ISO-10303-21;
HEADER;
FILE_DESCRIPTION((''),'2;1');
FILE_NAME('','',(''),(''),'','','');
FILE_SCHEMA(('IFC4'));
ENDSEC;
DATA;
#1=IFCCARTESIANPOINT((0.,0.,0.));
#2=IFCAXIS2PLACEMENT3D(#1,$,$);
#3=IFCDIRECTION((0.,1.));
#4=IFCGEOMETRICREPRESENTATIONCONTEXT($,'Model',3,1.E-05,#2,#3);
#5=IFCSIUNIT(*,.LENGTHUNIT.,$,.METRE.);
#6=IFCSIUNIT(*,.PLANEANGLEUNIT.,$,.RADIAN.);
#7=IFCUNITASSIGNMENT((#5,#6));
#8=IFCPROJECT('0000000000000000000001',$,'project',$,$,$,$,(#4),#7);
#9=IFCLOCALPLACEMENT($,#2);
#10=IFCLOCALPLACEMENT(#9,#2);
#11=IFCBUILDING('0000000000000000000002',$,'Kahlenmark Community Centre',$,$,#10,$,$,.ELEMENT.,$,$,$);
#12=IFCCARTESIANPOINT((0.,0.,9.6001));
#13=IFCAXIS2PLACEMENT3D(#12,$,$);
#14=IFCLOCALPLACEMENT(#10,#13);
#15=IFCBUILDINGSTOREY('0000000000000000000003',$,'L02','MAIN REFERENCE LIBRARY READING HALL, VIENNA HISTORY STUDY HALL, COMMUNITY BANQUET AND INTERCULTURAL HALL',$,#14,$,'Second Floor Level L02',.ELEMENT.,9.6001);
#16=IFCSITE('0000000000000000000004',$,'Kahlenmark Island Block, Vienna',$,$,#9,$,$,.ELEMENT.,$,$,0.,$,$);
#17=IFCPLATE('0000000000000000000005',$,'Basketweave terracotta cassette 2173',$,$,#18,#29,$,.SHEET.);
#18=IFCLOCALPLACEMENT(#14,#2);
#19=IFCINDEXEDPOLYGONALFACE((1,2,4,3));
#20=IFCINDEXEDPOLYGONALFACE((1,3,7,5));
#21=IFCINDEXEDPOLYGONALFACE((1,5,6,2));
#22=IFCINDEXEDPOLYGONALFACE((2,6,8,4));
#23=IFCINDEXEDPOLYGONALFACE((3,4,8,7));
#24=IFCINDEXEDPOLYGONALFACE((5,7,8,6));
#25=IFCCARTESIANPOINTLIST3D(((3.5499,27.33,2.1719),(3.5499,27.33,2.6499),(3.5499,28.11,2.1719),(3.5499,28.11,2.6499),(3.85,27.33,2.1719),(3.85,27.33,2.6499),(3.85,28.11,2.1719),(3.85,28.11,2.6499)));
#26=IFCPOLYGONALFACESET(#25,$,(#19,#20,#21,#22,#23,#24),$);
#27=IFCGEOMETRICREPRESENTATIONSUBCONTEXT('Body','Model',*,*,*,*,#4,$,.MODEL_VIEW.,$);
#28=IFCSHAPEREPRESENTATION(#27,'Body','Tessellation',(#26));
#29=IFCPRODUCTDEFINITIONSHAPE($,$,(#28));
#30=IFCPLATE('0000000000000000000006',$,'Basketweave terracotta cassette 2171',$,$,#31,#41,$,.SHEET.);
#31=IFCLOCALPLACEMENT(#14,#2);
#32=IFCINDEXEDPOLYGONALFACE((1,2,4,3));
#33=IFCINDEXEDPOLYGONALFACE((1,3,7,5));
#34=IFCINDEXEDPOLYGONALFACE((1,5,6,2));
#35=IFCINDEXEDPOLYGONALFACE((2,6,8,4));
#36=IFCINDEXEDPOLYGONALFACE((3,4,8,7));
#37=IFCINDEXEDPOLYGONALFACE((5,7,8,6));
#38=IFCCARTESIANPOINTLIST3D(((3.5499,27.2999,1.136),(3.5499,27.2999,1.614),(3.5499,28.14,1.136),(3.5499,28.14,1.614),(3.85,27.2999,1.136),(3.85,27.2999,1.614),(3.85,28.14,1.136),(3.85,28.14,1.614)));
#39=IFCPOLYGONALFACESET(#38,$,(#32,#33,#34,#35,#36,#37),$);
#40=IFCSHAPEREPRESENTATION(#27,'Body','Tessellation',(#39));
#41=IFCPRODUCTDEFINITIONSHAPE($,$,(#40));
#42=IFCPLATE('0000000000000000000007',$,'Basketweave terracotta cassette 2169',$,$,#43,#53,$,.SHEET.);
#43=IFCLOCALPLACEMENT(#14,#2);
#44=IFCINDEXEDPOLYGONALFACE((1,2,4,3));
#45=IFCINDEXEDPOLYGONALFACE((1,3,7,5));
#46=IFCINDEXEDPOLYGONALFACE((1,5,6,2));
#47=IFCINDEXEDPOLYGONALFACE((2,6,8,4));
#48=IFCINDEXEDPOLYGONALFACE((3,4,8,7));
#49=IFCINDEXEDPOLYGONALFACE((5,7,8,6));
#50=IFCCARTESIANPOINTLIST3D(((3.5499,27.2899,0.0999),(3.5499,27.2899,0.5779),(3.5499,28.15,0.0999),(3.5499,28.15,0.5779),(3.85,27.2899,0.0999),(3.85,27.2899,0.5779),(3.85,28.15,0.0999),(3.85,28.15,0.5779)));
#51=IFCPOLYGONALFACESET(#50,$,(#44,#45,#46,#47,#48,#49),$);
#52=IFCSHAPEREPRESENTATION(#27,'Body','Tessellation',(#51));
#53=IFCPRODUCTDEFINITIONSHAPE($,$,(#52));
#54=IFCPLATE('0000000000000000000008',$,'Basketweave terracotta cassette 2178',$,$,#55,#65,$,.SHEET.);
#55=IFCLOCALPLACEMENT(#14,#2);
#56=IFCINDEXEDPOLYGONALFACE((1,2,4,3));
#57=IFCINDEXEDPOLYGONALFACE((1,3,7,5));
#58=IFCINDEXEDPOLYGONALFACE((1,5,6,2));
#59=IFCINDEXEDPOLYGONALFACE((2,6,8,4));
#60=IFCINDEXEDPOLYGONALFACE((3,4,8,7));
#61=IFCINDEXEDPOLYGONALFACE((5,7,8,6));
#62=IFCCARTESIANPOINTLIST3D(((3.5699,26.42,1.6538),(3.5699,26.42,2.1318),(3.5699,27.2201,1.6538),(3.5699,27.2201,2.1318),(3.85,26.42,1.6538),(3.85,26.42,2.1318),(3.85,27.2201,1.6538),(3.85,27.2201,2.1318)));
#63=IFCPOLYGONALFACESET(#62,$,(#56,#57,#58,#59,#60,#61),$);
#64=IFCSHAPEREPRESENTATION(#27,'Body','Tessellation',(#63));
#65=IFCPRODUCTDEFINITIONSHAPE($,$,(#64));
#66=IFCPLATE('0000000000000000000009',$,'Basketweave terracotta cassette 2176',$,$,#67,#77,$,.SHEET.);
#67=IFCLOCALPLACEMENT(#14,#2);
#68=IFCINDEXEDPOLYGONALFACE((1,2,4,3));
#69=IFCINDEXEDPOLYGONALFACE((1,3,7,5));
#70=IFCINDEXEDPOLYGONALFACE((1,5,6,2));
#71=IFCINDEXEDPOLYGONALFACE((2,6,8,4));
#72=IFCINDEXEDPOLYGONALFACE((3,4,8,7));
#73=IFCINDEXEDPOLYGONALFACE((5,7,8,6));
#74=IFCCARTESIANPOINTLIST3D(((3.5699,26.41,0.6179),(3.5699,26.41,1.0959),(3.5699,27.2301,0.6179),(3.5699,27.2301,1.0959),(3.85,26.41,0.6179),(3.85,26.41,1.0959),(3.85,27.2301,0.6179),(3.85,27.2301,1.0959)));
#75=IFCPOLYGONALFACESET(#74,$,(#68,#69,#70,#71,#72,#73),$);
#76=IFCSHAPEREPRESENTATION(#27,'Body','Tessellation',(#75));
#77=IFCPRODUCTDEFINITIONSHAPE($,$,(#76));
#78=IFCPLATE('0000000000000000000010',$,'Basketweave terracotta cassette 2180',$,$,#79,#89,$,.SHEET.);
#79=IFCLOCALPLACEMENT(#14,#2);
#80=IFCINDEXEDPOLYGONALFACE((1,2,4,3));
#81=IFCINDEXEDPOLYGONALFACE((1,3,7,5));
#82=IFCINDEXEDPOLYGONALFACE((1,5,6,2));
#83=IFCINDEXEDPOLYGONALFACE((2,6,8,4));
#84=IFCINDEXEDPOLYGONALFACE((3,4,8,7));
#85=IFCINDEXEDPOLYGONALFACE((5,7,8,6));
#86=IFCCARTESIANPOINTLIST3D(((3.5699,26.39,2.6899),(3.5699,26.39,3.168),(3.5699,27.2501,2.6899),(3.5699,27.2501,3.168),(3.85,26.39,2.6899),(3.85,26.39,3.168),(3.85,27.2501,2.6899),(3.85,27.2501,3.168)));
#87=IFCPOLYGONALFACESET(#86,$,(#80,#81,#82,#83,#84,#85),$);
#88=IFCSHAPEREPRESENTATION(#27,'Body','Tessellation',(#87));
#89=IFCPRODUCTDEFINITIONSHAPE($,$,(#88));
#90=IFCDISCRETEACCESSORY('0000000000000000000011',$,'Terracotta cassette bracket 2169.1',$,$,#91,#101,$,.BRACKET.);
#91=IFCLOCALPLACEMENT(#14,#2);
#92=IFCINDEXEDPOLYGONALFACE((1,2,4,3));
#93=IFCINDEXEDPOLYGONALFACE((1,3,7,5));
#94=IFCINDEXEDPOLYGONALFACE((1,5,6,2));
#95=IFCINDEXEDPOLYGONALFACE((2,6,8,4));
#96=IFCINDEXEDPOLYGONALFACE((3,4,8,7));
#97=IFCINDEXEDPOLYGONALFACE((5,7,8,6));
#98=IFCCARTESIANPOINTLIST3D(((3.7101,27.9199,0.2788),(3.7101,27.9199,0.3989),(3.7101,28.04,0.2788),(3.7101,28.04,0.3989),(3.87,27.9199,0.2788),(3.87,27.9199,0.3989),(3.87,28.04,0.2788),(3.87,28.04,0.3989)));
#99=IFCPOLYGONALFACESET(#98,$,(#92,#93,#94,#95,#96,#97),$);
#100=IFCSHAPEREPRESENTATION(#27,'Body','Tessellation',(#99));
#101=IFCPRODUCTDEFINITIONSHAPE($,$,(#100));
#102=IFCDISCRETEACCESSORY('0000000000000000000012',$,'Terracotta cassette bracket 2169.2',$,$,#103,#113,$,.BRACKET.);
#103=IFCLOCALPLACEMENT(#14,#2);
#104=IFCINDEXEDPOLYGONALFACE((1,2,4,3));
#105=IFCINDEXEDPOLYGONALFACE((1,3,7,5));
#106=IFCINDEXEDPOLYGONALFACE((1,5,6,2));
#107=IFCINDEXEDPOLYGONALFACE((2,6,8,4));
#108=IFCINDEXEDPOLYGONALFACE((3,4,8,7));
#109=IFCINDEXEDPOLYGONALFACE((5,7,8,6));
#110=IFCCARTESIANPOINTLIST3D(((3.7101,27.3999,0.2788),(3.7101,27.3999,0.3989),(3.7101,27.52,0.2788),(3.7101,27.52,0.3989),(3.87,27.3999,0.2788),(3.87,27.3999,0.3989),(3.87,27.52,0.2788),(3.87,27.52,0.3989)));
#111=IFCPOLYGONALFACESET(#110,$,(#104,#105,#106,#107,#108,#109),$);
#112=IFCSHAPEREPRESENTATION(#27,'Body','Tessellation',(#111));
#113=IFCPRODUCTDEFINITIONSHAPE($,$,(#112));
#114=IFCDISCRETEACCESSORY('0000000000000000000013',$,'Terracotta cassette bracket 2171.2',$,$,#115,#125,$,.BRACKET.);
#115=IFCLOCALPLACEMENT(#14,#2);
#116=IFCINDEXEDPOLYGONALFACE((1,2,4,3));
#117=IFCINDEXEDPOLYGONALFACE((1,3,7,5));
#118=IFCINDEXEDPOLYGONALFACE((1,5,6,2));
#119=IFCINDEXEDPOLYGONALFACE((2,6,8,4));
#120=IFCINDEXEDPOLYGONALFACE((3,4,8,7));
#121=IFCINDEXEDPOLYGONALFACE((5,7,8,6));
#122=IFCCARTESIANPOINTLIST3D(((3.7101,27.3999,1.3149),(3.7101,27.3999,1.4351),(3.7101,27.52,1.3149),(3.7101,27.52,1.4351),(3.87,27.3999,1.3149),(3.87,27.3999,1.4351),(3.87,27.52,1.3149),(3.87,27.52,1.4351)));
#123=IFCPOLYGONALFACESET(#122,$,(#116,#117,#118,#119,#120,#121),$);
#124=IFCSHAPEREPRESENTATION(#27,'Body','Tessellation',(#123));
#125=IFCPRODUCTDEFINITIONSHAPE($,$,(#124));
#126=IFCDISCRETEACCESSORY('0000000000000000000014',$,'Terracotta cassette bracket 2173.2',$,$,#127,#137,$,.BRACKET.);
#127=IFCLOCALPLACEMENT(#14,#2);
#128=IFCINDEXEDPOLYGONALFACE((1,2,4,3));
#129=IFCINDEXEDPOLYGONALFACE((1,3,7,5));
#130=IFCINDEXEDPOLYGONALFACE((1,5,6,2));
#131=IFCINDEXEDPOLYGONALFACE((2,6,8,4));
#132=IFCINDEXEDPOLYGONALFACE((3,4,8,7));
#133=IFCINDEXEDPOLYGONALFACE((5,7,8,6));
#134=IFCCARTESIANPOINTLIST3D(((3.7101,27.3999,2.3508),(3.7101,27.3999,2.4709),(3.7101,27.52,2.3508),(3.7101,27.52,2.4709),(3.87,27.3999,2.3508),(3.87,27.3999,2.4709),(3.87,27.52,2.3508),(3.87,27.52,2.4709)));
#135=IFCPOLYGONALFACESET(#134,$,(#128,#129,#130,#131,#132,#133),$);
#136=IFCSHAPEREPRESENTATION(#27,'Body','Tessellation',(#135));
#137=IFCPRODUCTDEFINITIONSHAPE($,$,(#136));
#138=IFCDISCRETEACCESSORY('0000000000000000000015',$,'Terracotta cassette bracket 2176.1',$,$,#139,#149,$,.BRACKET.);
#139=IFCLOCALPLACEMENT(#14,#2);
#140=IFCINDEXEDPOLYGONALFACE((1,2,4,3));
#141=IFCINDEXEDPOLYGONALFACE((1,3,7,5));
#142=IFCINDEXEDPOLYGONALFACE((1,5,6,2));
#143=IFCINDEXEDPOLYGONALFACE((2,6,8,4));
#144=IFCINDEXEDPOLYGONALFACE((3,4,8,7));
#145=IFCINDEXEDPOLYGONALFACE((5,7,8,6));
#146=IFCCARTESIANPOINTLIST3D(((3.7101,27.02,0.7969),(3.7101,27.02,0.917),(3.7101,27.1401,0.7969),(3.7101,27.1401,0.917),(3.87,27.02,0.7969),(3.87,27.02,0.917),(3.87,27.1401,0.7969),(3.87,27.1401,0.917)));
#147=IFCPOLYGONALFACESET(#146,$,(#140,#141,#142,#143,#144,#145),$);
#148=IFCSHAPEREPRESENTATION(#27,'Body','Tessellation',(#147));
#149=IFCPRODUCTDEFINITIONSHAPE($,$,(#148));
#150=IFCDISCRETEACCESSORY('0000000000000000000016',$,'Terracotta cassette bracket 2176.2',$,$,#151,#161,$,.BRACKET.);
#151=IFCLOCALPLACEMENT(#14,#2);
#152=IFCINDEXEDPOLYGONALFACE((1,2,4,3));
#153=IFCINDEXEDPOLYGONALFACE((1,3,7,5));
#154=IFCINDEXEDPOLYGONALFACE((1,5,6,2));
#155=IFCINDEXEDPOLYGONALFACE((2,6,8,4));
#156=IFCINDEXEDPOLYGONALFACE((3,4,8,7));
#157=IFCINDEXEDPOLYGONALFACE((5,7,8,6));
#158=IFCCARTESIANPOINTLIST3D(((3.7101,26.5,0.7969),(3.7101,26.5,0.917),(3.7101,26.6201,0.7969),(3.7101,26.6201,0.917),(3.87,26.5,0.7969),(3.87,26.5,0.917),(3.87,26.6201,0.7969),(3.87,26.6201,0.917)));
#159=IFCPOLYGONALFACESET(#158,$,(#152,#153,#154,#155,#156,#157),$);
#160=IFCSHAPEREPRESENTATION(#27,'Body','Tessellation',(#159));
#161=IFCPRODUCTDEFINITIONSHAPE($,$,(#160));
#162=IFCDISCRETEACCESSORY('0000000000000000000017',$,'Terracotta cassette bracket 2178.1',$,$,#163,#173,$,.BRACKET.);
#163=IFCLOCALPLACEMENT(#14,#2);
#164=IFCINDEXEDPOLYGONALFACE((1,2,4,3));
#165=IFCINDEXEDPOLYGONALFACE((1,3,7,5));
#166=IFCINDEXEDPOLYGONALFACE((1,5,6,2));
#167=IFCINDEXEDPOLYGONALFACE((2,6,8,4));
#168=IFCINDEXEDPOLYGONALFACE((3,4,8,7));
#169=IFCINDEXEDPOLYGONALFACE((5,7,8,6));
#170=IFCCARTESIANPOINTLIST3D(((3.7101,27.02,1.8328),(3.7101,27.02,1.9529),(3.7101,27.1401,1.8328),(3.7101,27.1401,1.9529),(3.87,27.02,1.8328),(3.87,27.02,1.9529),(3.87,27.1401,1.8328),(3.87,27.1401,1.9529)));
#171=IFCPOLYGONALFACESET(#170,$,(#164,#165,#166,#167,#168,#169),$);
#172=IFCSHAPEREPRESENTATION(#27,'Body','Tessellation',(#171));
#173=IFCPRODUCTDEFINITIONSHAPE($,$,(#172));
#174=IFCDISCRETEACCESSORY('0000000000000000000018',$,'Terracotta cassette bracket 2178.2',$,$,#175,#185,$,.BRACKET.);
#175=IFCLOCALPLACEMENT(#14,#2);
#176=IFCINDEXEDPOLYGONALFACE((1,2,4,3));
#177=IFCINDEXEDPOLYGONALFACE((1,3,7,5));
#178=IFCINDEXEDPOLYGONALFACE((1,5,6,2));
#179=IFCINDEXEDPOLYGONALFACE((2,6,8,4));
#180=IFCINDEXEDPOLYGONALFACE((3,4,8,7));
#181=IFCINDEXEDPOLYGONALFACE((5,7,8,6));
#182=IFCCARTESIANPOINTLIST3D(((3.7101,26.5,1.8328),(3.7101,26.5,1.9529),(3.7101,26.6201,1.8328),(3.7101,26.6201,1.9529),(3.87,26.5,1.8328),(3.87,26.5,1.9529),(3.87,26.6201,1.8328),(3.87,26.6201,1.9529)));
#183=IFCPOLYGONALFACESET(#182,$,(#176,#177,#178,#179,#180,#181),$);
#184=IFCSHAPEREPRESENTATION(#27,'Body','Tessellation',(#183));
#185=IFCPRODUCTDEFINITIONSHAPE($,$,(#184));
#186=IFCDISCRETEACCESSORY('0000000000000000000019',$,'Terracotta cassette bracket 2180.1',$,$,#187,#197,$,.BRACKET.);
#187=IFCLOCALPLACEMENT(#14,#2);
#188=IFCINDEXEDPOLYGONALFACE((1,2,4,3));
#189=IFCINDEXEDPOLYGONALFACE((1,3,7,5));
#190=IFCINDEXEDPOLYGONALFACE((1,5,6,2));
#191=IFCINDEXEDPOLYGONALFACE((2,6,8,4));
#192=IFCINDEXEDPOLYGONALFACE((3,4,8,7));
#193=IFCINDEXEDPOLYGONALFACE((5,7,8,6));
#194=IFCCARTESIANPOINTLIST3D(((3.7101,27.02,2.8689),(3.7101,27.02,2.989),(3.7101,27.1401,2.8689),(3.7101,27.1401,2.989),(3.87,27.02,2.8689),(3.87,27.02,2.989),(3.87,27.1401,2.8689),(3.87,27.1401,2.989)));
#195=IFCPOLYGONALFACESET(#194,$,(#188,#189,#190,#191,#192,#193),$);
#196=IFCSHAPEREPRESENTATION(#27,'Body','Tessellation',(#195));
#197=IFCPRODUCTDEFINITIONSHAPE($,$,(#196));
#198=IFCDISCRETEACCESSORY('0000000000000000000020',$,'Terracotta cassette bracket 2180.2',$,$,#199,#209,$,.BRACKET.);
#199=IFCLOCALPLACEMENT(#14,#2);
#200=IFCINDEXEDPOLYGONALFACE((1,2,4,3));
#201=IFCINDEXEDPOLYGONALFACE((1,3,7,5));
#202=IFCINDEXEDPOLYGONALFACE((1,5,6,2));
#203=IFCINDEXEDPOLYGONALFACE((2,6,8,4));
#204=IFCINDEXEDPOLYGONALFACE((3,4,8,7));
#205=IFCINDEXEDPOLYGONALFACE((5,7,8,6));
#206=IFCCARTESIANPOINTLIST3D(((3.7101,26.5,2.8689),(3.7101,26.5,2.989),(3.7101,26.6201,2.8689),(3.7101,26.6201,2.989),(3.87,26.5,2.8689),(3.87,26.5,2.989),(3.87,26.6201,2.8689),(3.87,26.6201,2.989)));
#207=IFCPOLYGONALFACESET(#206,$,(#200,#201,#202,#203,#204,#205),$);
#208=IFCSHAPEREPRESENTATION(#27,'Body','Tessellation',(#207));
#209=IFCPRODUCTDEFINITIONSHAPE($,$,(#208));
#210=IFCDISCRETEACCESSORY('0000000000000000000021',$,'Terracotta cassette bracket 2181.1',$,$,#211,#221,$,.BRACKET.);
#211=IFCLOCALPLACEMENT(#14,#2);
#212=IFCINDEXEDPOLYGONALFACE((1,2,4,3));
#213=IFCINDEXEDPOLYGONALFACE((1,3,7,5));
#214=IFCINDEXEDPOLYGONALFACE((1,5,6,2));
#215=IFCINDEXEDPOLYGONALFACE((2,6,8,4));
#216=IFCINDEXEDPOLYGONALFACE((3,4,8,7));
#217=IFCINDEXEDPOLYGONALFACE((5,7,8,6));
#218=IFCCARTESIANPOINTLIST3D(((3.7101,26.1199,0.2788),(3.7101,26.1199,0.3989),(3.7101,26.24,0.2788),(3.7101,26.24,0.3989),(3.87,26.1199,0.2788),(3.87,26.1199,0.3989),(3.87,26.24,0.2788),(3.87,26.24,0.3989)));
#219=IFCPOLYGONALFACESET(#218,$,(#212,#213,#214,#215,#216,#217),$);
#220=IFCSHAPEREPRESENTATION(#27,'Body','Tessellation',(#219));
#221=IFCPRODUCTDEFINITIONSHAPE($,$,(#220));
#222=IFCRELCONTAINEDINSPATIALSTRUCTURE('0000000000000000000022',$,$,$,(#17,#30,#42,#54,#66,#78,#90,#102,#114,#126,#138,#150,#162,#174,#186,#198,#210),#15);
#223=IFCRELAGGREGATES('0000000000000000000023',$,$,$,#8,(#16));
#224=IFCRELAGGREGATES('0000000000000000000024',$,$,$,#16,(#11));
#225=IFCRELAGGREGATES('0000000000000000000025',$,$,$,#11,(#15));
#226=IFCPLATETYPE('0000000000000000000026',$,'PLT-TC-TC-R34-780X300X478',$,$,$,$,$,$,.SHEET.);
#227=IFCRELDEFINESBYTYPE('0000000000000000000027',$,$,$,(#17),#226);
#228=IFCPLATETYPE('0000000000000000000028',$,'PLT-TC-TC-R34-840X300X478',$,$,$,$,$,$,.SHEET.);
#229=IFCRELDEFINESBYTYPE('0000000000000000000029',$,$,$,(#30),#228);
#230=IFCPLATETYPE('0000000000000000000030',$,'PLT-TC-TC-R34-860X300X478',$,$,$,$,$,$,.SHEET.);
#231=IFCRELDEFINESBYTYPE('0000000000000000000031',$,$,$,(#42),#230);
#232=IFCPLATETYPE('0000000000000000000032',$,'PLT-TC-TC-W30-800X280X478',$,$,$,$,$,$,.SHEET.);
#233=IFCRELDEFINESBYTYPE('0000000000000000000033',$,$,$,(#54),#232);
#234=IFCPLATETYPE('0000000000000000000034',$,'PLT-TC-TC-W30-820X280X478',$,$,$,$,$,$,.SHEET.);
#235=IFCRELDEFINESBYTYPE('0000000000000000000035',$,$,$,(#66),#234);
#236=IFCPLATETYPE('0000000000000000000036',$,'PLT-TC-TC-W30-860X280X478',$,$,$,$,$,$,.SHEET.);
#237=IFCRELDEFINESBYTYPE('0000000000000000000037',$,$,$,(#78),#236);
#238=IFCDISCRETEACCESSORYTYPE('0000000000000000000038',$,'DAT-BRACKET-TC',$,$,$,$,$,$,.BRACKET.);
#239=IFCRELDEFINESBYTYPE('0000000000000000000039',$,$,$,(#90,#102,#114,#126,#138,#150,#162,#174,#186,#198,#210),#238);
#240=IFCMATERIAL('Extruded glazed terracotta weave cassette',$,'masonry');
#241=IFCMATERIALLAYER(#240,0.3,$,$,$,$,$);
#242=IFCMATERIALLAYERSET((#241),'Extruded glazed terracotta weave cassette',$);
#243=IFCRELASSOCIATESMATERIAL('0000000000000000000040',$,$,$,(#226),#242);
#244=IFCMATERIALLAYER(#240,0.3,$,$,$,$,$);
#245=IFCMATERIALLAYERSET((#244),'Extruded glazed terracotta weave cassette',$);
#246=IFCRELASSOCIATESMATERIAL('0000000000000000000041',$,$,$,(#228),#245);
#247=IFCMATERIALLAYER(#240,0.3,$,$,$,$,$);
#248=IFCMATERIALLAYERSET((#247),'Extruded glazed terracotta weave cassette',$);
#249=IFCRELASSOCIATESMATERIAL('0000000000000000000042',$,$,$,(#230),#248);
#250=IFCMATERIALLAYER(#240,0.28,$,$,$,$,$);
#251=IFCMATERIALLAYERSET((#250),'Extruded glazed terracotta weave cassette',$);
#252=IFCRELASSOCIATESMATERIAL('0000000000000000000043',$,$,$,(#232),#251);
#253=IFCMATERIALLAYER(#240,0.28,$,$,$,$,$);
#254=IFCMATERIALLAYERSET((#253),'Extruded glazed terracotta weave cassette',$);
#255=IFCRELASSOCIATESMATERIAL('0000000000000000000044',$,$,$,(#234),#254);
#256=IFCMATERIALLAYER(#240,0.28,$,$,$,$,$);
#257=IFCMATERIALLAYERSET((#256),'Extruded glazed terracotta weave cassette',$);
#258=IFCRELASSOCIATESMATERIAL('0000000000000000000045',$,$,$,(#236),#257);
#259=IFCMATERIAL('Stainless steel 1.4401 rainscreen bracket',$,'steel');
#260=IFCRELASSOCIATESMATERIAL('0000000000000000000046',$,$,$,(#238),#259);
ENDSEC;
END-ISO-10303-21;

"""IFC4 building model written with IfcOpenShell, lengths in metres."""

from ifc_helpers import new_model, si_unit, direction, frame, origin, origin_2d, place, context, subcontext, project, spatial, rectangle, extrude, material, layer, layer_set, type_object, element, save


model = new_model("IFC4")

# Units and contexts
model_context = context("Model", 3, precision=1e-05, world=origin(), true_north=direction((0.0, 1.0)))
body_context = subcontext(model_context, "Body", "Model", "MODEL_VIEW")
ifc_project = project(units=[si_unit("LENGTHUNIT", "METRE"), si_unit("PLANEANGLEUNIT", "RADIAN")], contexts=[model_context])

# Site, building, storey
site_placement = place(None, origin())
site = spatial("IfcSite", under=ifc_project, at=site_placement, Name="Kahlenmark Island Block, Vienna", CompositionType="ELEMENT", RefElevation=0.0)
building_placement = place(site_placement, origin())
building = spatial("IfcBuilding", under=site, at=building_placement, Name="Kahlenmark Community Centre", CompositionType="ELEMENT")
storey_placement = place(building_placement, frame((0.0, 0.0, 9.6001)))
storey = spatial("IfcBuildingStorey", under=building, at=storey_placement, Name="L02", Description="MAIN REFERENCE LIBRARY READING HALL, VIENNA HISTORY STUDY HALL, COMMUNITY BANQUET AND INTERCULTURAL HALL", LongName="Second Floor Level L02", CompositionType="ELEMENT", Elevation=9.6001)

# Plates
ifc_material_1 = material(Name="Extruded glazed terracotta weave cassette", Category="masonry")
ifc_layer_1 = layer(ifc_material_1, 0.3)
ifc_layer_set_1 = layer_set([ifc_layer_1], Name="Extruded glazed terracotta weave cassette")
plate_type_1 = type_object("IfcPlateType", Name="PLT-TC-TC-R34-780X300X478", PredefinedType="SHEET", material=ifc_layer_set_1)
plate_1_placement = place(storey_placement, frame((3.7, 27.72, 2.1719), z_axis=(0.0, 0.0, 1.0), x_axis=(0.0, -1.0, 0.0)))
element("IfcPlate", 1, at=plate_1_placement, inside=storey, type_object=plate_type_1, Name="Basketweave terracotta cassette 2173", PredefinedType="SHEET", context=body_context, shape_type="SweptSolid", body=[
    extrude(rectangle(XDim=0.78, YDim=0.3, at=origin_2d()), origin(), (0.0, 0.0, 1.0), 0.478),
])
ifc_layer_2 = layer(ifc_material_1, 0.3)
ifc_layer_set_2 = layer_set([ifc_layer_2], Name="Extruded glazed terracotta weave cassette")
plate_type_2 = type_object("IfcPlateType", Name="PLT-TC-TC-R34-840X300X478", PredefinedType="SHEET", material=ifc_layer_set_2)
plate_2_placement = place(storey_placement, frame((3.7, 27.72, 1.136), z_axis=(0.0, 0.0, 1.0), x_axis=(0.0, -1.0, 0.0)))
element("IfcPlate", 2, at=plate_2_placement, inside=storey, type_object=plate_type_2, Name="Basketweave terracotta cassette 2171", PredefinedType="SHEET", context=body_context, shape_type="SweptSolid", body=[
    extrude(rectangle(XDim=0.8401, YDim=0.3, at=origin_2d()), origin(), (0.0, 0.0, 1.0), 0.478),
])
ifc_layer_3 = layer(ifc_material_1, 0.3)
ifc_layer_set_3 = layer_set([ifc_layer_3], Name="Extruded glazed terracotta weave cassette")
plate_type_3 = type_object("IfcPlateType", Name="PLT-TC-TC-R34-860X300X478", PredefinedType="SHEET", material=ifc_layer_set_3)
plate_3_placement = place(storey_placement, frame((3.7, 27.72, 0.0999), z_axis=(0.0, 0.0, 1.0), x_axis=(0.0, -1.0, 0.0)))
element("IfcPlate", 3, at=plate_3_placement, inside=storey, type_object=plate_type_3, Name="Basketweave terracotta cassette 2169", PredefinedType="SHEET", context=body_context, shape_type="SweptSolid", body=[
    extrude(rectangle(XDim=0.8601, YDim=0.3, at=origin_2d()), origin(), (0.0, 0.0, 1.0), 0.478),
])
ifc_layer_4 = layer(ifc_material_1, 0.28)
ifc_layer_set_4 = layer_set([ifc_layer_4], Name="Extruded glazed terracotta weave cassette")
plate_type_4 = type_object("IfcPlateType", Name="PLT-TC-TC-W30-800X280X478", PredefinedType="SHEET", material=ifc_layer_set_4)
plate_4_placement = place(storey_placement, frame((3.71, 26.8201, 1.6538), z_axis=(0.0, 0.0, 1.0), x_axis=(0.0, -1.0, 0.0)))
element("IfcPlate", 4, at=plate_4_placement, inside=storey, type_object=plate_type_4, Name="Basketweave terracotta cassette 2178", PredefinedType="SHEET", context=body_context, shape_type="SweptSolid", body=[
    extrude(rectangle(XDim=0.8, YDim=0.28, at=origin_2d()), origin(), (0.0, 0.0, 1.0), 0.478),
])
ifc_layer_5 = layer(ifc_material_1, 0.28)
ifc_layer_set_5 = layer_set([ifc_layer_5], Name="Extruded glazed terracotta weave cassette")
plate_type_5 = type_object("IfcPlateType", Name="PLT-TC-TC-W30-820X280X478", PredefinedType="SHEET", material=ifc_layer_set_5)
plate_5_placement = place(storey_placement, frame((3.71, 26.8201, 0.6179), z_axis=(0.0, 0.0, 1.0), x_axis=(0.0, -1.0, 0.0)))
element("IfcPlate", 5, at=plate_5_placement, inside=storey, type_object=plate_type_5, Name="Basketweave terracotta cassette 2176", PredefinedType="SHEET", context=body_context, shape_type="SweptSolid", body=[
    extrude(rectangle(XDim=0.8201, YDim=0.28, at=origin_2d()), origin(), (0.0, 0.0, 1.0), 0.478),
])
ifc_layer_6 = layer(ifc_material_1, 0.28)
ifc_layer_set_6 = layer_set([ifc_layer_6], Name="Extruded glazed terracotta weave cassette")
plate_type_6 = type_object("IfcPlateType", Name="PLT-TC-TC-W30-860X280X478", PredefinedType="SHEET", material=ifc_layer_set_6)
plate_6_placement = place(storey_placement, frame((3.71, 26.8201, 2.6899), z_axis=(0.0, 0.0, 1.0), x_axis=(0.0, -1.0, 0.0)))
element("IfcPlate", 6, at=plate_6_placement, inside=storey, type_object=plate_type_6, Name="Basketweave terracotta cassette 2180", PredefinedType="SHEET", context=body_context, shape_type="SweptSolid", body=[
    extrude(rectangle(XDim=0.8601, YDim=0.28, at=origin_2d()), origin(), (0.0, 0.0, 1.0), 0.478),
])

# Discrete accessories
ifc_material_2 = material(Name="Stainless steel 1.4401 rainscreen bracket", Category="steel")
discrete_accessory_type = type_object("IfcDiscreteAccessoryType", Name="DAT-BRACKET-TC", PredefinedType="BRACKET", material=ifc_material_2)
for number, where, z_axis, x_axis, name in (
    (7, (3.79, 27.98, 0.2788), (0.0, 0.0, 1.0), (0.0, -1.0, 0.0), "Terracotta cassette bracket 2169.1"),
    (8, (3.79, 27.46, 0.2788), (0.0, 0.0, 1.0), (0.0, -1.0, 0.0), "Terracotta cassette bracket 2169.2"),
    (9, (3.79, 27.46, 1.3149), (0.0, 0.0, 1.0), (0.0, -1.0, 0.0), "Terracotta cassette bracket 2171.2"),
    (10, (3.79, 27.46, 2.3508), (0.0, 0.0, 1.0), (0.0, -1.0, 0.0), "Terracotta cassette bracket 2173.2"),
    (11, (3.79, 27.0801, 0.7969), (0.0, 0.0, 1.0), (0.0, -1.0, 0.0), "Terracotta cassette bracket 2176.1"),
    (12, (3.79, 26.5601, 0.7969), (0.0, 0.0, 1.0), (0.0, -1.0, 0.0), "Terracotta cassette bracket 2176.2"),
    (13, (3.79, 27.0801, 1.8328), (0.0, 0.0, 1.0), (0.0, -1.0, 0.0), "Terracotta cassette bracket 2178.1"),
    (14, (3.79, 26.5601, 1.8328), (0.0, 0.0, 1.0), (0.0, -1.0, 0.0), "Terracotta cassette bracket 2178.2"),
    (15, (3.79, 27.0801, 2.8689), (0.0, 0.0, 1.0), (0.0, -1.0, 0.0), "Terracotta cassette bracket 2180.1"),
    (16, (3.79, 26.5601, 2.8689), (0.0, 0.0, 1.0), (0.0, -1.0, 0.0), "Terracotta cassette bracket 2180.2"),
    (17, (3.79, 26.1799, 0.2788), (0.0, 0.0, 1.0), (0.0, -1.0, 0.0), "Terracotta cassette bracket 2181.1"),
):
    element("IfcDiscreteAccessory", number, at=place(storey_placement, frame(where, z_axis=z_axis, x_axis=x_axis)), inside=storey, type_object=discrete_accessory_type, Name=name, PredefinedType="BRACKET", context=body_context, shape_type="SweptSolid", body=[
        extrude(rectangle(XDim=0.1201, YDim=0.1599, at=origin_2d()), origin(), (0.0, 0.0, 1.0), 0.1201),
    ])

save(model, "model.ifc")
